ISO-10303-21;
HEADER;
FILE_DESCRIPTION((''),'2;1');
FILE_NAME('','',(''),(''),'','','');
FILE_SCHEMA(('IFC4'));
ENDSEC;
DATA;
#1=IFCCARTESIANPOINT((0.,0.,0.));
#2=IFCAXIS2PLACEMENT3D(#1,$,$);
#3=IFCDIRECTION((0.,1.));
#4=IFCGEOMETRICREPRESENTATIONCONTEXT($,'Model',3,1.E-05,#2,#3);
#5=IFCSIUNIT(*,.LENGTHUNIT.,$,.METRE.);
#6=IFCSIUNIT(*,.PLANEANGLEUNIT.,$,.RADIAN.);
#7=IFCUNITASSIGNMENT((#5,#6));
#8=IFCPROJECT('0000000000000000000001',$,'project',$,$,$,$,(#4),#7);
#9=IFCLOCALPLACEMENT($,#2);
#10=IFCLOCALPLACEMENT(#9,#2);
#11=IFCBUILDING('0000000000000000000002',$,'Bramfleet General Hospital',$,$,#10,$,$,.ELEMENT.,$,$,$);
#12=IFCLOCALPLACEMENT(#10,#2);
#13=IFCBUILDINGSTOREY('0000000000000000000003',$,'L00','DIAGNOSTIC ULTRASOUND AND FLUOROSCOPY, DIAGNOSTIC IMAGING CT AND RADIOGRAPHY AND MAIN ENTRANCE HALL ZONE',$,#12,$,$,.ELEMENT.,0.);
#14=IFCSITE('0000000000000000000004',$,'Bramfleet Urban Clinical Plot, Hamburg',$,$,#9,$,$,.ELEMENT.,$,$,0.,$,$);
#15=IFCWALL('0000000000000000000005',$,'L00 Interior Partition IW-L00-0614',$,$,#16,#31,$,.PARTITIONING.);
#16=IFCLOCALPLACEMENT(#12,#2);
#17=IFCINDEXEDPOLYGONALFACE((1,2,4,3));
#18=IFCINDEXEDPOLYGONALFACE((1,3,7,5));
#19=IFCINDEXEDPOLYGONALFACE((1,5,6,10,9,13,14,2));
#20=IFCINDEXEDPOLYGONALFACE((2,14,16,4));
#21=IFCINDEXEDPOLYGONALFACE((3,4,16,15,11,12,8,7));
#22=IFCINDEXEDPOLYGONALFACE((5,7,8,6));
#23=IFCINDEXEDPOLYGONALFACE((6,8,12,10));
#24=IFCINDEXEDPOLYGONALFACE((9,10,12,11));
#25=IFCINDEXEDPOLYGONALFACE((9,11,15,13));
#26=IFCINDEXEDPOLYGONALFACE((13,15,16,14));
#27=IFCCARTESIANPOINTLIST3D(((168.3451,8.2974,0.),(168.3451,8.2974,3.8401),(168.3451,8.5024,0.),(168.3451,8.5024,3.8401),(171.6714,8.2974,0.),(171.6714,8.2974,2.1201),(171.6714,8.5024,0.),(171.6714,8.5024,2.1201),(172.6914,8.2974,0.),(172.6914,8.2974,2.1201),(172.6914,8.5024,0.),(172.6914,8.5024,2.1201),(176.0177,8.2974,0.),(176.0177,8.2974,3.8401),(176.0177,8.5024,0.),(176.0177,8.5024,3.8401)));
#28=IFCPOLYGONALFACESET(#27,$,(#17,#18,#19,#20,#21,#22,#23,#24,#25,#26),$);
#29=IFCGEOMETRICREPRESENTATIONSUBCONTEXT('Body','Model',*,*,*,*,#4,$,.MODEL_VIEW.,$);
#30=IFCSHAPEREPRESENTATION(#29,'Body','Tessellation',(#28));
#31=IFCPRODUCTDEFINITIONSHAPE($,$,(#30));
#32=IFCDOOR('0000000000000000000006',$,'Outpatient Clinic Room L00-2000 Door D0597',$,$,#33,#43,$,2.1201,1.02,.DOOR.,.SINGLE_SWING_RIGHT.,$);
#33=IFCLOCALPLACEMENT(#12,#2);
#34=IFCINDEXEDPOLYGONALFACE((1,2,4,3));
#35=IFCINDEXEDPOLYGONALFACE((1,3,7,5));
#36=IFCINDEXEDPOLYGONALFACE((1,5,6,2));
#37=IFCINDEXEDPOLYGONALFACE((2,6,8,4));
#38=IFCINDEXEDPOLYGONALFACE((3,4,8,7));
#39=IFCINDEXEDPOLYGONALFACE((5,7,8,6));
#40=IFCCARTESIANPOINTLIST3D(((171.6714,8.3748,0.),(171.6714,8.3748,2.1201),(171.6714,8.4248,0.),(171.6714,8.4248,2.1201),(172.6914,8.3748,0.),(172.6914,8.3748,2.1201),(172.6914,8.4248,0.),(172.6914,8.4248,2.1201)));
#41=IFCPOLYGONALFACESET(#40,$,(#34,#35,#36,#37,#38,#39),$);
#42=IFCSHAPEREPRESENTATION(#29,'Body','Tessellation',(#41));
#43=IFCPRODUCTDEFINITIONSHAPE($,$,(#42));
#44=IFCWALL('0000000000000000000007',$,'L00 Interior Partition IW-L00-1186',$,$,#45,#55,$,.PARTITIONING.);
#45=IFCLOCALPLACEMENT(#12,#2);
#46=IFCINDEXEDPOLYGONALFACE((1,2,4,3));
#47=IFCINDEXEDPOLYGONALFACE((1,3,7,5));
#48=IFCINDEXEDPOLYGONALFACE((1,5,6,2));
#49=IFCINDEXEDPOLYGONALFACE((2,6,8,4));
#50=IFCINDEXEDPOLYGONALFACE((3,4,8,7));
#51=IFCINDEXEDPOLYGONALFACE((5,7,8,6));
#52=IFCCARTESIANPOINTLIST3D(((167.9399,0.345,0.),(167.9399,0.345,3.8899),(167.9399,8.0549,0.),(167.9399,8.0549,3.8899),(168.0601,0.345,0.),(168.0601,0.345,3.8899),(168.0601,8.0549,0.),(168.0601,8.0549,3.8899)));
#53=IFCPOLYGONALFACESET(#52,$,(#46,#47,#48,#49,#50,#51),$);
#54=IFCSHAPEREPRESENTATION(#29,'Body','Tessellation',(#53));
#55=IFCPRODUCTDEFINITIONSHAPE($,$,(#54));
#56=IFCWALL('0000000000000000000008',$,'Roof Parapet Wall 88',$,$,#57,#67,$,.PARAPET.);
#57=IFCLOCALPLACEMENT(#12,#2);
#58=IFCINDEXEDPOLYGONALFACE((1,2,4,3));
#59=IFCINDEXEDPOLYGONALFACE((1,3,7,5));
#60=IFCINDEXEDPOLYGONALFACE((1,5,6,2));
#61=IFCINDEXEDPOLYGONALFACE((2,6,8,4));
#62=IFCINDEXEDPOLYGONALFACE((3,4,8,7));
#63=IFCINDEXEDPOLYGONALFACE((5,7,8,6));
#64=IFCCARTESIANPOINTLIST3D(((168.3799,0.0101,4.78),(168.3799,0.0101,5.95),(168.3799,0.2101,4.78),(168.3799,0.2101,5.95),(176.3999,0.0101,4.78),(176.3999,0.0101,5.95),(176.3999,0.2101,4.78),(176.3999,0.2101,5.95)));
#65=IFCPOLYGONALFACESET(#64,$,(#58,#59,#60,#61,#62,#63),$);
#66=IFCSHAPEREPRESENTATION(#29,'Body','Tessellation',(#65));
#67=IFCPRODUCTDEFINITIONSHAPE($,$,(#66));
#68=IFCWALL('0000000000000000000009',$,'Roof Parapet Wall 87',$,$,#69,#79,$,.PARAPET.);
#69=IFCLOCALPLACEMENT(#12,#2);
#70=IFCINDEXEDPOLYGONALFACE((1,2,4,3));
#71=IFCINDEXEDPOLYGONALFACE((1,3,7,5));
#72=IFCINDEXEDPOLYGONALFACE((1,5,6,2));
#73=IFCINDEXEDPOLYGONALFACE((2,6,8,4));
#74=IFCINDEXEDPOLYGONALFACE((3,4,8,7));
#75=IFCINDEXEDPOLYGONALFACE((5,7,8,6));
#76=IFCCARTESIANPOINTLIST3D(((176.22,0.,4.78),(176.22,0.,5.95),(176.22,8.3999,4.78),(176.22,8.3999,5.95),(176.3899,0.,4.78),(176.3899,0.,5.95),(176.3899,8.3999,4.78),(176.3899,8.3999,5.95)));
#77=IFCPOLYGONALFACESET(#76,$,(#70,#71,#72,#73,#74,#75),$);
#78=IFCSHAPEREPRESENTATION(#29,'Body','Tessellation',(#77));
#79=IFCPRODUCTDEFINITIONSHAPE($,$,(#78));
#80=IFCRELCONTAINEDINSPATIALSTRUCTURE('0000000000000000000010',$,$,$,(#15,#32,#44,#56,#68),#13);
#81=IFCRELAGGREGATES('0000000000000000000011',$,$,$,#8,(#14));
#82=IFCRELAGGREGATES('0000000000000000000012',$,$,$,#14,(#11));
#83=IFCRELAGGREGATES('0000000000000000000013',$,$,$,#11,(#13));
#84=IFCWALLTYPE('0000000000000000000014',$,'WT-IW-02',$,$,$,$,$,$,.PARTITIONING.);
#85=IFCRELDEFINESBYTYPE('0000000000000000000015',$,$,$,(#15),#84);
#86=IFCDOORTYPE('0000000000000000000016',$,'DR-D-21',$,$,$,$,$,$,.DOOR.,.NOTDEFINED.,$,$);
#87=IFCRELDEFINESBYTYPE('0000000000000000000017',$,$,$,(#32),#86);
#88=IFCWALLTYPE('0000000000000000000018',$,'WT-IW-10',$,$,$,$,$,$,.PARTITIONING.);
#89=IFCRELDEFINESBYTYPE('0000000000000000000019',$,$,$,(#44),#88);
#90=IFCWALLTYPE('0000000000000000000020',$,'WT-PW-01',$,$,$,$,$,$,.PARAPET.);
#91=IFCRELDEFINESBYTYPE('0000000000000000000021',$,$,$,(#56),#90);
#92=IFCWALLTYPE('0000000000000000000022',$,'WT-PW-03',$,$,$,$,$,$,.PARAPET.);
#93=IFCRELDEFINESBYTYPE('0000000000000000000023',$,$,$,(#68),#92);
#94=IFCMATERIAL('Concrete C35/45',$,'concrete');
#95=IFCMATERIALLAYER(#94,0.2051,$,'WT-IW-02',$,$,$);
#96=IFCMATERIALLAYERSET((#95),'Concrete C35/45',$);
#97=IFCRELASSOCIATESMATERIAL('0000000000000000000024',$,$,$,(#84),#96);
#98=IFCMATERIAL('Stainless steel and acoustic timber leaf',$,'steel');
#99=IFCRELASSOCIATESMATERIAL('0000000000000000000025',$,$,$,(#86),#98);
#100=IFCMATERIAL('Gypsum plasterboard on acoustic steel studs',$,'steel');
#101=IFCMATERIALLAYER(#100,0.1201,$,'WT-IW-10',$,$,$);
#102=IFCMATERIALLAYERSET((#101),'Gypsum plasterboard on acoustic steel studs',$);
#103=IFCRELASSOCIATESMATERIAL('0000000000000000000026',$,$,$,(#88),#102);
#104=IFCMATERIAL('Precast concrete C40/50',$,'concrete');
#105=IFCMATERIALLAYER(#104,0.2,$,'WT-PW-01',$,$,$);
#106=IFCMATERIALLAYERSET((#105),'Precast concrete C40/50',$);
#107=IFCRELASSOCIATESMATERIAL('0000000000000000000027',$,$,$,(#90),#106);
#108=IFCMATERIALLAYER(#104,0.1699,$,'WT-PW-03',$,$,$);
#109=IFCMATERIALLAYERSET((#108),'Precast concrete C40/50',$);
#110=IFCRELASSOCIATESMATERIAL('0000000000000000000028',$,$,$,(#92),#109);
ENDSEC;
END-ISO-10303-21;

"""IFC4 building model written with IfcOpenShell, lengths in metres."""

from ifc_helpers import new_model, si_unit, direction, frame, frame_2d, origin, place, context, subcontext, project, spatial, rectangle, extrude, material, layer, layer_set, type_object, element, fill, save


model = new_model("IFC4")

# Units and contexts
model_context = context("Model", 3, precision=1e-05, world=origin(), true_north=direction((0.0, 1.0)))
body_context = subcontext(model_context, "Body", "Model", "MODEL_VIEW")
ifc_project = project(units=[si_unit("LENGTHUNIT", "METRE"), si_unit("PLANEANGLEUNIT", "RADIAN")], contexts=[model_context])

# Site, building, storey
site_placement = place(None, origin())
site = spatial("IfcSite", under=ifc_project, at=site_placement, Name="Bramfleet Urban Clinical Plot, Hamburg", CompositionType="ELEMENT", RefElevation=0.0)
building_placement = place(site_placement, origin())
building = spatial("IfcBuilding", under=site, at=building_placement, Name="Bramfleet General Hospital", CompositionType="ELEMENT")
storey_placement = place(building_placement, origin())
storey = spatial("IfcBuildingStorey", under=building, at=storey_placement, Name="L00", Description="DIAGNOSTIC ULTRASOUND AND FLUOROSCOPY, DIAGNOSTIC IMAGING CT AND RADIOGRAPHY AND MAIN ENTRANCE HALL ZONE", CompositionType="ELEMENT", Elevation=0.0)

# Shared definitions
ifc_material_1 = material(Name="Concrete C35/45", Category="concrete")

# Shared definitions
ifc_material_2 = material(Name="Precast concrete C40/50", Category="concrete")

# Wall, opening, door
ifc_layer_1 = layer(ifc_material_1, 0.2051, Name="WT-IW-02")
ifc_layer_set_1 = layer_set([ifc_layer_1], Name="Concrete C35/45")
wall_type_1 = type_object("IfcWallType", Name="WT-IW-02", PredefinedType="PARTITIONING", material=ifc_layer_set_1)
wall_1_placement = place(storey_placement, frame((168.345, 8.3999, 0.0), z_axis=(0.0, 0.0, 1.0), x_axis=(1.0, 0.0, 0.0)))
wall_1 = element("IfcWall", 1, at=wall_1_placement, inside=storey, type_object=wall_type_1, Name="L00 Interior Partition IW-L00-0614", PredefinedType="PARTITIONING", context=body_context, shape_type="SweptSolid", body=[
    extrude(rectangle(XDim=7.6726, YDim=0.2051, at=frame_2d((3.8364, 0.0))), origin(), (0.0, 0.0, 1.0), 3.8401),
])
opening_placement = place(wall_1_placement, frame((3.3264, 0.0, 0.0)))
opening = element("IfcOpeningElement", 2, at=opening_placement, cuts=wall_1, PredefinedType="OPENING", context=body_context, shape_type="SweptSolid", body=[
    extrude(rectangle(XDim=1.02, YDim=2.1201, at=frame_2d((0.51, 1.0601))), frame((0.0, 0.1125, 0.0), z_axis=(0.0, -1.0, 0.0), x_axis=(1.0, 0.0, 0.0)), (0.0, 0.0, 1.0), 0.2251),
])
ifc_material_3 = material(Name="Stainless steel and acoustic timber leaf", Category="steel")
door_type = type_object("IfcDoorType", Name="DR-D-21", OperationType="NOTDEFINED", PredefinedType="DOOR", material=ifc_material_3)
door_placement = place(opening_placement, origin())
door = element("IfcDoor", 3, at=door_placement, inside=storey, type_object=door_type, Name="Outpatient Clinic Room L00-2000 Door D0597", OperationType="SINGLE_SWING_RIGHT", OverallHeight=2.1201, OverallWidth=1.02, PredefinedType="DOOR", context=body_context, shape_type="SweptSolid", body=[
    extrude(rectangle(XDim=1.02, YDim=2.1201, at=frame_2d((0.51, 1.0601))), frame((0.0, 0.0249, 0.0), z_axis=(0.0, -1.0, 0.0), x_axis=(1.0, 0.0, 0.0)), (0.0, 0.0, 1.0), 0.05),
])
fill(opening, door)

# Walls
ifc_material_4 = material(Name="Gypsum plasterboard on acoustic steel studs", Category="steel")
ifc_layer_2 = layer(ifc_material_4, 0.1201, Name="WT-IW-10")
ifc_layer_set_2 = layer_set([ifc_layer_2], Name="Gypsum plasterboard on acoustic steel studs")
wall_type_2 = type_object("IfcWallType", Name="WT-IW-10", PredefinedType="PARTITIONING", material=ifc_layer_set_2)
wall_2_placement = place(storey_placement, frame((168.0, 0.345, 0.0), z_axis=(0.0, 0.0, 1.0), x_axis=(0.0, 1.0, 0.0)))
element("IfcWall", 4, at=wall_2_placement, inside=storey, type_object=wall_type_2, Name="L00 Interior Partition IW-L00-1186", PredefinedType="PARTITIONING", context=body_context, shape_type="SweptSolid", body=[
    extrude(rectangle(XDim=7.71, YDim=0.1201, at=frame_2d((3.855, 0.0))), origin(), (0.0, 0.0, 1.0), 3.8899),
])
ifc_layer_3 = layer(ifc_material_2, 0.2, Name="WT-PW-01")
ifc_layer_set_3 = layer_set([ifc_layer_3], Name="Precast concrete C40/50")
wall_type_3 = type_object("IfcWallType", Name="WT-PW-01", PredefinedType="PARAPET", material=ifc_layer_set_3)
wall_3_placement = place(storey_placement, frame((176.3999, 0.1101, 4.78), z_axis=(0.0, 0.0, 1.0), x_axis=(-1.0, 0.0, 0.0)))
element("IfcWall", 5, at=wall_3_placement, inside=storey, type_object=wall_type_3, Name="Roof Parapet Wall 88", PredefinedType="PARAPET", context=body_context, shape_type="SweptSolid", body=[
    extrude(rectangle(XDim=8.02, YDim=0.2, at=frame_2d((4.01, 0.0))), origin(), (0.0, 0.0, 1.0), 1.1699),
])
ifc_layer_4 = layer(ifc_material_2, 0.1699, Name="WT-PW-03")
ifc_layer_set_4 = layer_set([ifc_layer_4], Name="Precast concrete C40/50")
wall_type_4 = type_object("IfcWallType", Name="WT-PW-03", PredefinedType="PARAPET", material=ifc_layer_set_4)
wall_4_placement = place(storey_placement, frame((176.3049, 8.3999, 4.78), z_axis=(0.0, 0.0, 1.0), x_axis=(0.0, -1.0, 0.0)))
element("IfcWall", 6, at=wall_4_placement, inside=storey, type_object=wall_type_4, Name="Roof Parapet Wall 87", PredefinedType="PARAPET", context=body_context, shape_type="SweptSolid", body=[
    extrude(rectangle(XDim=8.3999, YDim=0.1699, at=frame_2d((4.2, 0.0))), origin(), (0.0, 0.0, 1.0), 1.1699),
])

save(model, "model.ifc")
